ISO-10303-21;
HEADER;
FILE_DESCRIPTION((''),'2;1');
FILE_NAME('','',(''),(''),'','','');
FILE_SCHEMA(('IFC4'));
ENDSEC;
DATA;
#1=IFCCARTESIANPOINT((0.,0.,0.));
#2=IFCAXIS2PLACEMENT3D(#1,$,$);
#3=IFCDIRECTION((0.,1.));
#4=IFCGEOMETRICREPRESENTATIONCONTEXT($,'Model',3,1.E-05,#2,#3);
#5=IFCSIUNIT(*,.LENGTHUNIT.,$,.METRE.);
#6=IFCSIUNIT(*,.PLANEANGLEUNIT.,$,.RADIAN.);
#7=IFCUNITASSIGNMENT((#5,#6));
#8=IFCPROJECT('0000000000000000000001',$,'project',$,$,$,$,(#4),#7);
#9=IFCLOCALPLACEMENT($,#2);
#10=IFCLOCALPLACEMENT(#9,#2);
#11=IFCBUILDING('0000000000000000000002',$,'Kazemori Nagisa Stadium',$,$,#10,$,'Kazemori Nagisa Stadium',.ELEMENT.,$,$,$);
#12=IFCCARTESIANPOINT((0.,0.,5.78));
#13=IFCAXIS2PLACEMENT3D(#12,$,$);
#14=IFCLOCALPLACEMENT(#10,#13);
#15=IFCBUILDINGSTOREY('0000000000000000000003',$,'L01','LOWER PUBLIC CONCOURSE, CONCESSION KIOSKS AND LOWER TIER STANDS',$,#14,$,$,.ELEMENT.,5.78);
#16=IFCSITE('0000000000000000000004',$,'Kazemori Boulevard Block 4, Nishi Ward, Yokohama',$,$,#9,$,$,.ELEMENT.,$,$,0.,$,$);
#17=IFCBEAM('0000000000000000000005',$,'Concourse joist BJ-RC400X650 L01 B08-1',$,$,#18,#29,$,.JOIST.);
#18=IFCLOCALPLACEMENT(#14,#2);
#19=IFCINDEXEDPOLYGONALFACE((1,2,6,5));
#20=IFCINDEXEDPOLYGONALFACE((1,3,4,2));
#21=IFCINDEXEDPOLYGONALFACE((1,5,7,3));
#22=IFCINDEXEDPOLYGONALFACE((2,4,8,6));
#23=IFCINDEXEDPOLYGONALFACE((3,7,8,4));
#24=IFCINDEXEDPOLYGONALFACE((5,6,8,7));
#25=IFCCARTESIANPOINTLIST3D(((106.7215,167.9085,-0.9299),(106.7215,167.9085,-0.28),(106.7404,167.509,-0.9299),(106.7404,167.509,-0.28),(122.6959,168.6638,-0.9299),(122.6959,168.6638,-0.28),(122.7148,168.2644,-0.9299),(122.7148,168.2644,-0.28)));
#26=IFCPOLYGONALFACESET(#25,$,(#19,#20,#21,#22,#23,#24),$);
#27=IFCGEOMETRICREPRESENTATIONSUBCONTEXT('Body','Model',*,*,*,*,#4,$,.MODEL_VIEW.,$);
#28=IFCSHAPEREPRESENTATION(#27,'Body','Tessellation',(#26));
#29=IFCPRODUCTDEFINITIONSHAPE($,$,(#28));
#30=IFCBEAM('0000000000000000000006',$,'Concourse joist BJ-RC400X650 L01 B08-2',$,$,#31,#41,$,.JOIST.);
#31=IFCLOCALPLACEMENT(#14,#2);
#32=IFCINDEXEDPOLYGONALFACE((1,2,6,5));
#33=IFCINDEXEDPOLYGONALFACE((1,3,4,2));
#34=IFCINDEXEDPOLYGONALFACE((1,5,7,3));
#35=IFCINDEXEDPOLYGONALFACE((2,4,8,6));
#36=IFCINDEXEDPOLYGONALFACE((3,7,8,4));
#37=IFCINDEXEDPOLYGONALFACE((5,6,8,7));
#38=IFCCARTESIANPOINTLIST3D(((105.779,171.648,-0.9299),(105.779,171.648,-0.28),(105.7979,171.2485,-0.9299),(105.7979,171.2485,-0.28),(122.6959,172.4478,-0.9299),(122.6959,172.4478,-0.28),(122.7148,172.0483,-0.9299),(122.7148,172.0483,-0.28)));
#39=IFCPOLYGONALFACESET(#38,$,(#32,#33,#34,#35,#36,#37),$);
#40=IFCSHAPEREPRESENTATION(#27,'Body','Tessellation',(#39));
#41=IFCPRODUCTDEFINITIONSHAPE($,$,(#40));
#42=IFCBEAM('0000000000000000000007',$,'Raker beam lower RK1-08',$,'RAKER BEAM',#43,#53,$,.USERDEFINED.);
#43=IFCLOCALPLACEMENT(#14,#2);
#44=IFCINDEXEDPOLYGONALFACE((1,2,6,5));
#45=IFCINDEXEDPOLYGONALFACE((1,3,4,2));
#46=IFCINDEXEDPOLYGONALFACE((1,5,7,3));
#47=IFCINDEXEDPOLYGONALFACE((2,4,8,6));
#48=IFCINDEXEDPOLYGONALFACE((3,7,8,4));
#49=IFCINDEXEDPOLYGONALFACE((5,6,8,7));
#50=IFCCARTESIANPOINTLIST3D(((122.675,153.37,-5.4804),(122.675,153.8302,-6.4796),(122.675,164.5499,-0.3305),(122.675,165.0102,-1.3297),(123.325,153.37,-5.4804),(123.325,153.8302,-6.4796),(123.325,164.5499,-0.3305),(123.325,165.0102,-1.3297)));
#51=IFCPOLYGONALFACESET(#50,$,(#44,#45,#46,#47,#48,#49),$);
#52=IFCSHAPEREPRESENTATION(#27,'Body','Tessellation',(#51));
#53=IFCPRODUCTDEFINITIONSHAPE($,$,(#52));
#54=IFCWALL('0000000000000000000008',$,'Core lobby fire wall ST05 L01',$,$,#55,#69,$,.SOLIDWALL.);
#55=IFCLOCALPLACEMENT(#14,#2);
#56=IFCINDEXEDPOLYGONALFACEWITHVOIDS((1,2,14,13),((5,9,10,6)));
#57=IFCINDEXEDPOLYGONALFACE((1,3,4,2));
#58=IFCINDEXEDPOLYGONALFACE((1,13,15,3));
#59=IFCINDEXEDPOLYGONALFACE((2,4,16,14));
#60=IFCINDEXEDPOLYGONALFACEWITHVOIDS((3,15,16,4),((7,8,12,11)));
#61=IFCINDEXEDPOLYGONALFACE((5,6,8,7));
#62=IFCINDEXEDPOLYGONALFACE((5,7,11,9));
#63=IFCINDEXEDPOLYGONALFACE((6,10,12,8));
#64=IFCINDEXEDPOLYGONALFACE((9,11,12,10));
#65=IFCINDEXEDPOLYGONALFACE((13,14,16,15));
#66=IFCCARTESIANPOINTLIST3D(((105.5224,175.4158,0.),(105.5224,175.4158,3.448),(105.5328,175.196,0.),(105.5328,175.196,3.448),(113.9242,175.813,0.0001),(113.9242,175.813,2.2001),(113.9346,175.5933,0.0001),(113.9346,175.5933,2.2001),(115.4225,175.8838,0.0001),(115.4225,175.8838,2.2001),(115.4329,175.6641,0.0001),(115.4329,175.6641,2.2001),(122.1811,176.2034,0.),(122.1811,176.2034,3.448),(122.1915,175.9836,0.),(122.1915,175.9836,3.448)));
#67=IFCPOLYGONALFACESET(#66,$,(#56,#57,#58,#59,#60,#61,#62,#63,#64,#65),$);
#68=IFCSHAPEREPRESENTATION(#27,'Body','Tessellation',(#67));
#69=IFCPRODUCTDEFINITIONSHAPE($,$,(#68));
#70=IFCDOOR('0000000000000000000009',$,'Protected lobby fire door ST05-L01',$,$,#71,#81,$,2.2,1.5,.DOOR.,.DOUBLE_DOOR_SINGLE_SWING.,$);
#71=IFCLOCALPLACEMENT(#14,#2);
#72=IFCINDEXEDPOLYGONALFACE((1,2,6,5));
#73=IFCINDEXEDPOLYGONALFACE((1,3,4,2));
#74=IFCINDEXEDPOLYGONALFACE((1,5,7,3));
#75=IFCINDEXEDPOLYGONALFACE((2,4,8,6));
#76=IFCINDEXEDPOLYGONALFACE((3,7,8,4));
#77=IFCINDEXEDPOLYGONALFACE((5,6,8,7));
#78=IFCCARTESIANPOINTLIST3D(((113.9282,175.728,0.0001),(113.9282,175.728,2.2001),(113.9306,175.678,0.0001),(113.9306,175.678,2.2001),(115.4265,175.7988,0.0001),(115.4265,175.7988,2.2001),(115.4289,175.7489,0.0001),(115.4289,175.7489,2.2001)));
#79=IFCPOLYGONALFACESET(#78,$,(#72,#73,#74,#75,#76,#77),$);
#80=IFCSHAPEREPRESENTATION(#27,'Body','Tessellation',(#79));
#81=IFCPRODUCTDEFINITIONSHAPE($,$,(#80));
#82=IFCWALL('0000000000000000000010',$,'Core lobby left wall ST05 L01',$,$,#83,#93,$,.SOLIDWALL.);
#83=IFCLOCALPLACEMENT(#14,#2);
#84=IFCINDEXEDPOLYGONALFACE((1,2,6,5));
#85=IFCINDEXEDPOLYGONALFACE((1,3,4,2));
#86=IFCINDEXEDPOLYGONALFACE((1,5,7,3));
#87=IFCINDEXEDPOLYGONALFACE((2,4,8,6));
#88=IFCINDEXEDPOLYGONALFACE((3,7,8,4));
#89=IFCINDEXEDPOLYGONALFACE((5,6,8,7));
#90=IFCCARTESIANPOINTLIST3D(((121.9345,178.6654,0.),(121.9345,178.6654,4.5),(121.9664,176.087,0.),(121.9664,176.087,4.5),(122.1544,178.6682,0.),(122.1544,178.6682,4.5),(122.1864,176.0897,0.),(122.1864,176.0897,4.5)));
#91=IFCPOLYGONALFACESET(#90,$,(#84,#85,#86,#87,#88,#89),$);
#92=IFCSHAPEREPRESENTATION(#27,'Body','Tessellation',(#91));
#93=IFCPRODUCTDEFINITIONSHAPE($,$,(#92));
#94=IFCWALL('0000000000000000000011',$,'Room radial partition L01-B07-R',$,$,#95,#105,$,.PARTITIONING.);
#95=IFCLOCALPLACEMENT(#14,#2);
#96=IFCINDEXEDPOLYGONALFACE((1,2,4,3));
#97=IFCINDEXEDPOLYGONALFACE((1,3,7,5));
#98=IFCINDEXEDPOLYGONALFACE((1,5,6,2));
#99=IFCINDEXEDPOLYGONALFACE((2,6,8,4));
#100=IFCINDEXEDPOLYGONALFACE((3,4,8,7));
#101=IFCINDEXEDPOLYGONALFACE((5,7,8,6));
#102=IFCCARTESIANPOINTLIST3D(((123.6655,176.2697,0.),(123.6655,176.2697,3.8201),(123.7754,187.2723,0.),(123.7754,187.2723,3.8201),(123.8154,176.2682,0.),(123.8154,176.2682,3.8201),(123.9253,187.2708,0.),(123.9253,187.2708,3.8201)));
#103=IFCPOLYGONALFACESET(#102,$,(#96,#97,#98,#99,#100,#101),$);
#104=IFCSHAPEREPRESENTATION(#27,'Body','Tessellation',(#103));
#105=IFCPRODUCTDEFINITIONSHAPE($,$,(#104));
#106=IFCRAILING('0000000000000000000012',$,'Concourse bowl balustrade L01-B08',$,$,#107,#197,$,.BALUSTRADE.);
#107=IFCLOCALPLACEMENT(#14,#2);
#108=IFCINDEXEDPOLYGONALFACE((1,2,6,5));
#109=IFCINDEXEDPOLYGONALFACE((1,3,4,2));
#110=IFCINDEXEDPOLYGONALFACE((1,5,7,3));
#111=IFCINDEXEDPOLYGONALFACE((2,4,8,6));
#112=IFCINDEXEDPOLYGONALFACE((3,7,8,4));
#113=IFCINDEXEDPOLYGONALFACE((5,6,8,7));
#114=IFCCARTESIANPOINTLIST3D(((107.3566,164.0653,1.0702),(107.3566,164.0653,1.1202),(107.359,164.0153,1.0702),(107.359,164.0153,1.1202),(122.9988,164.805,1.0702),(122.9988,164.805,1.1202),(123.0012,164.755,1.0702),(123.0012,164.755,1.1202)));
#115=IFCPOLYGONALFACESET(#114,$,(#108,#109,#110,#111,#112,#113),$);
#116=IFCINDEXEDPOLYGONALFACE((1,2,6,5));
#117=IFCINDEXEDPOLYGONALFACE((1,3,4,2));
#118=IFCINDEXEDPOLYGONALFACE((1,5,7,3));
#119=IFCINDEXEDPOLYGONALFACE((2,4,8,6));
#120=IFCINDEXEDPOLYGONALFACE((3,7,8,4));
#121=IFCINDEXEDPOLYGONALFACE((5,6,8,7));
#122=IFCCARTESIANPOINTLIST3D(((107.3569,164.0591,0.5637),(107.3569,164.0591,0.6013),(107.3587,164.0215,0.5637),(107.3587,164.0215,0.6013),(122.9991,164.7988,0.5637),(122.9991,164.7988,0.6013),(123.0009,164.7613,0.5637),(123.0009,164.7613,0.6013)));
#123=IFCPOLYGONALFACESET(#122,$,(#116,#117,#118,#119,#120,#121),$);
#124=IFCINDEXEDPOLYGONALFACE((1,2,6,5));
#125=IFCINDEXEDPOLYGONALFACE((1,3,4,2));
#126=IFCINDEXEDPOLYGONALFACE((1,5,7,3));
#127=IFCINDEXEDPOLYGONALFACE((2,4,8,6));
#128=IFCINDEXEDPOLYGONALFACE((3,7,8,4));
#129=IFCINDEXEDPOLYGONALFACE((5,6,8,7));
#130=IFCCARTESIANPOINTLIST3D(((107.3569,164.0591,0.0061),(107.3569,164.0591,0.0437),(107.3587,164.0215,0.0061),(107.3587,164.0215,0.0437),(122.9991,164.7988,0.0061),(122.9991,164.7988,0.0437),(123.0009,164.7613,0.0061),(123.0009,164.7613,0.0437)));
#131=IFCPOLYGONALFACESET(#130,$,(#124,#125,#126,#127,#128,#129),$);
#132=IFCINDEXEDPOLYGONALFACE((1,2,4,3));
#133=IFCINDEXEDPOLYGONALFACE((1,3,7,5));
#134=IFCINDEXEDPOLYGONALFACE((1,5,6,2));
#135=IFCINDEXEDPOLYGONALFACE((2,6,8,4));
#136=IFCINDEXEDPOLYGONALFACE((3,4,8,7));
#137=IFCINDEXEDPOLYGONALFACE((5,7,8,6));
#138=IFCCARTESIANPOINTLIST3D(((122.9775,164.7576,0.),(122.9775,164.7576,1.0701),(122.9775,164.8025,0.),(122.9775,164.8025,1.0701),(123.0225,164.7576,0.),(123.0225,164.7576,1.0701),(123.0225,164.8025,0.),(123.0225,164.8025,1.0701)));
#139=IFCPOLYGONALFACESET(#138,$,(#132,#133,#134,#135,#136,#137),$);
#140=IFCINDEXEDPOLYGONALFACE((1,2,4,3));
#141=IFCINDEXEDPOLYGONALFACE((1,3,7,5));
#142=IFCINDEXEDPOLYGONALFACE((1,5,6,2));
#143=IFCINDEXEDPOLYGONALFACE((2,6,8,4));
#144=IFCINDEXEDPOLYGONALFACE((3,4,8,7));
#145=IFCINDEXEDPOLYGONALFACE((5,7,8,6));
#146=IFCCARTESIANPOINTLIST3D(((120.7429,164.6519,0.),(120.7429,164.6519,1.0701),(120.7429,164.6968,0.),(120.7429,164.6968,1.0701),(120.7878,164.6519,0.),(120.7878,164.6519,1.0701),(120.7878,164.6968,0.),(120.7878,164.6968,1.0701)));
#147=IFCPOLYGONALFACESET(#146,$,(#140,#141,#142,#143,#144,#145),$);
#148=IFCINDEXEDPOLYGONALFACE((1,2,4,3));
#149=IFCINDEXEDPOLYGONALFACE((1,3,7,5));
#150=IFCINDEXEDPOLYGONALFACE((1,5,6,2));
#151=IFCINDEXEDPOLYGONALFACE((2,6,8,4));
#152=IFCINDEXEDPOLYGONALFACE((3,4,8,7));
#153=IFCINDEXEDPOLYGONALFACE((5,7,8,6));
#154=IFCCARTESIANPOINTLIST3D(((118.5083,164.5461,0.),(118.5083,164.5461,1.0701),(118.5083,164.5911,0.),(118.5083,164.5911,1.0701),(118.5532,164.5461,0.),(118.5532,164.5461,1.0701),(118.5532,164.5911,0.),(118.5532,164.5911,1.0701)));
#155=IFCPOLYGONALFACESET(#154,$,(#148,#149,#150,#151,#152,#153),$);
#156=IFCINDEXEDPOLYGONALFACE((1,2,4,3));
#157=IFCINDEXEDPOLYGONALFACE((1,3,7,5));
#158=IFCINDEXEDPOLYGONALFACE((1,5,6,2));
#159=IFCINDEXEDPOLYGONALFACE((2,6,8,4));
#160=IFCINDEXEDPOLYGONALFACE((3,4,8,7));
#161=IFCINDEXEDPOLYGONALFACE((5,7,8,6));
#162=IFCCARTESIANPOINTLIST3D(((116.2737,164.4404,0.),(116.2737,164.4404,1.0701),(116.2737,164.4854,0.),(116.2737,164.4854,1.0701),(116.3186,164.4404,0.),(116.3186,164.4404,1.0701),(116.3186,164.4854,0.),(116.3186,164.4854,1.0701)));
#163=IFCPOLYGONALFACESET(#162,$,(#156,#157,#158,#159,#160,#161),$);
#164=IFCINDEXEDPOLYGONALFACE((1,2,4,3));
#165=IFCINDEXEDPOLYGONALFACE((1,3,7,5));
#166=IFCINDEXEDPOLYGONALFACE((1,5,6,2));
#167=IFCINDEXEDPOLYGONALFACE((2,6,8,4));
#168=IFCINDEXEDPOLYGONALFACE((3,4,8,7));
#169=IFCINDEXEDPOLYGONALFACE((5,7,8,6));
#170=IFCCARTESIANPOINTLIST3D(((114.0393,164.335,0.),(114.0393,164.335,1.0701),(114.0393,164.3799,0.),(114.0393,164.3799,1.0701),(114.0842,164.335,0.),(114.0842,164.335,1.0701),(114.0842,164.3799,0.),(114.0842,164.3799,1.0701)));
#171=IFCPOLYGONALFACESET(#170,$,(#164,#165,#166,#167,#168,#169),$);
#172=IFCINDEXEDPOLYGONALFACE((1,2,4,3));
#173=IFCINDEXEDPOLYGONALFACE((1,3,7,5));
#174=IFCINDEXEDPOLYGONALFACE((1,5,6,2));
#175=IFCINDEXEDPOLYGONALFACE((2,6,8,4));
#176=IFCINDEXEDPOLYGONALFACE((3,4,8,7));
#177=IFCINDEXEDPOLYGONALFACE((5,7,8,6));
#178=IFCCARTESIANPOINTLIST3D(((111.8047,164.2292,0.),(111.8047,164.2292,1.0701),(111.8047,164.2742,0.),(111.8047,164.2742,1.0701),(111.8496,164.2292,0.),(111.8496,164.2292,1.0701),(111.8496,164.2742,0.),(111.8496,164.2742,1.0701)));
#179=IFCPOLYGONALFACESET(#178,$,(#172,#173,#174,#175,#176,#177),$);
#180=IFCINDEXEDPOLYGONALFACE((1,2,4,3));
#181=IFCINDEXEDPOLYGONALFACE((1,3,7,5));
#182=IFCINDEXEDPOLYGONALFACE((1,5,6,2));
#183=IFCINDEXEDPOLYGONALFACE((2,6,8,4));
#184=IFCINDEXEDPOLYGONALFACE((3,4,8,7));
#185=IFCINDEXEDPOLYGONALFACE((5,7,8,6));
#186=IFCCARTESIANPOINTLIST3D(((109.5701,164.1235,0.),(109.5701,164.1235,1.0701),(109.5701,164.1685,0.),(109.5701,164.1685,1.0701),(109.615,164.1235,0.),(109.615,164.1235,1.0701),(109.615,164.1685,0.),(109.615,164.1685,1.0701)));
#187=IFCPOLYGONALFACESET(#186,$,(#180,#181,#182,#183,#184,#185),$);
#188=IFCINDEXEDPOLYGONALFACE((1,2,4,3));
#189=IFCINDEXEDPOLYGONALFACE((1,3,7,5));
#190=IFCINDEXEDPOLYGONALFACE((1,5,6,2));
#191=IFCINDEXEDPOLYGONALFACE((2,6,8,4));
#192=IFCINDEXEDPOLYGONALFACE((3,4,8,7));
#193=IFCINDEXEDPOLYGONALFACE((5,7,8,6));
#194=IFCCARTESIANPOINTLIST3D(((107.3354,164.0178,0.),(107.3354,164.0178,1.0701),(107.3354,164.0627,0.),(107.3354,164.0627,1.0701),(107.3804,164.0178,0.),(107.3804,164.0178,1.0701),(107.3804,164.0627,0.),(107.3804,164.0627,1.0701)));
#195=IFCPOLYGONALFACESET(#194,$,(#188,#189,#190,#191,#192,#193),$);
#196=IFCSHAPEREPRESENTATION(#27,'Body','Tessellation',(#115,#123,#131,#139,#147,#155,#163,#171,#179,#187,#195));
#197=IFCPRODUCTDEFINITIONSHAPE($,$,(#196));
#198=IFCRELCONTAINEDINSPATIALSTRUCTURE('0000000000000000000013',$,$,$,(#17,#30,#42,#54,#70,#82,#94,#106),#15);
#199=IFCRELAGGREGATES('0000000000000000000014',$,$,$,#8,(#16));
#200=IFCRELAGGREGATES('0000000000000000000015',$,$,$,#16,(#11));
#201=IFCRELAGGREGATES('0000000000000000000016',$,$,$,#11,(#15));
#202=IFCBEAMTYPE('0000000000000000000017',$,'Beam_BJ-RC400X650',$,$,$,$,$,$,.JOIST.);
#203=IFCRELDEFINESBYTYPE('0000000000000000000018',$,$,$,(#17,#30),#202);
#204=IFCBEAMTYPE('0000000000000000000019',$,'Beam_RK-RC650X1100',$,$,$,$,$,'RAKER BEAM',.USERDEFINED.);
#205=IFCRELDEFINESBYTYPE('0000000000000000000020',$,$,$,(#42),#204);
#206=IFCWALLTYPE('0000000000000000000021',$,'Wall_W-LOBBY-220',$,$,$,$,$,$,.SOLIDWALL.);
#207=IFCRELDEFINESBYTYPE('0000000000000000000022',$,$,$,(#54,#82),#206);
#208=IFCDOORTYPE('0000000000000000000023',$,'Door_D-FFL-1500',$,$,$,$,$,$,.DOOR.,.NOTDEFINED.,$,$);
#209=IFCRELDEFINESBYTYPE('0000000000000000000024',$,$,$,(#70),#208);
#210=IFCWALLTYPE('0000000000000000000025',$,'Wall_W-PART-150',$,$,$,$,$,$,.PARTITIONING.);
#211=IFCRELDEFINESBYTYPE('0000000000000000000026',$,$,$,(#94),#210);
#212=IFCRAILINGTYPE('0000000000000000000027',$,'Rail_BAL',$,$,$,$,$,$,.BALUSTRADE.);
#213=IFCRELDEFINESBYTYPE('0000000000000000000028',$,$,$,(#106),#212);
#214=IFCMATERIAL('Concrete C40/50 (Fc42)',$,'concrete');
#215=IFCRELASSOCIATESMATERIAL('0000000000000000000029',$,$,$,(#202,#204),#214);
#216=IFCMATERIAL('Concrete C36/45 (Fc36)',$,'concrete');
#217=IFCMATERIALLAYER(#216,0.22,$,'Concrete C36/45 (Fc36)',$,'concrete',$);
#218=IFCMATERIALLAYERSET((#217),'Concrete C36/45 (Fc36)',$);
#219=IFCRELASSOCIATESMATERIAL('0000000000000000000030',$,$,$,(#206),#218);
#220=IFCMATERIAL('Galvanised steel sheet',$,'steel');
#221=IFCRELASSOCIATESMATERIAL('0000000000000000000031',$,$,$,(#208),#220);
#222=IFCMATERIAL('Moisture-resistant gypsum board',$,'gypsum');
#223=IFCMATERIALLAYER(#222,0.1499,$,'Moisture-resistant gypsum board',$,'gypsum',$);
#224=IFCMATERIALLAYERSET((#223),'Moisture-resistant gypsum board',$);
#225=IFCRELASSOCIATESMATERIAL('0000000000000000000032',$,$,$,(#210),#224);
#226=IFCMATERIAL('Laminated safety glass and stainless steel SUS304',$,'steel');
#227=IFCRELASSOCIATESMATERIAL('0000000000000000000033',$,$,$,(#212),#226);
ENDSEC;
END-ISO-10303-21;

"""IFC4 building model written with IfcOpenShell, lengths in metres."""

from ifc_helpers import new_model, si_unit, direction, frame, frame_2d, origin, origin_2d, place, context, subcontext, project, spatial, rectangle, extrude, material, layer, layer_set, material_profile, profile_set, type_object, element, fill, save


model = new_model("IFC4")

# Units and contexts
model_context = context("Model", 3, precision=1e-05, world=origin(), true_north=direction((0.0, 1.0)))
body_context = subcontext(model_context, "Body", "Model", "MODEL_VIEW")
ifc_project = project(units=[si_unit("LENGTHUNIT", "METRE"), si_unit("PLANEANGLEUNIT", "RADIAN")], contexts=[model_context])

# Site, building, storey
site_placement = place(None, origin())
site = spatial("IfcSite", under=ifc_project, at=site_placement, Name="Kazemori Boulevard Block 4, Nishi Ward, Yokohama", CompositionType="ELEMENT", RefElevation=0.0)
building_placement = place(site_placement, origin())
building = spatial("IfcBuilding", under=site, at=building_placement, Name="Kazemori Nagisa Stadium", LongName="Kazemori Nagisa Stadium", CompositionType="ELEMENT")
storey_placement = place(building_placement, frame((0.0, 0.0, 5.78)))
storey = spatial("IfcBuildingStorey", under=building, at=storey_placement, Name="L01", Description="LOWER PUBLIC CONCOURSE, CONCESSION KIOSKS AND LOWER TIER STANDS", CompositionType="ELEMENT", Elevation=5.78)

# Shared definitions
ifc_material_1 = material(Name="Concrete C40/50 (Fc42)", Category="concrete")

# Beams
ifc_material_profile_1 = material_profile(ifc_material_1, rectangle(XDim=0.3999, YDim=0.6499, at=origin_2d()), Name="RC-BM-400x650")
ifc_profile_set_1 = profile_set([ifc_material_profile_1], Name="Concrete C40/50 (Fc42)")
beam_type_1 = type_object("IfcBeamType", Name="Beam_BJ-RC400X650", PredefinedType="JOIST", material=ifc_profile_set_1)
beam_1_placement = place(storey_placement, frame((122.7053, 168.4641, -0.605), z_axis=(-0.998884, -0.047234, 0.0), x_axis=(0.047234, -0.998884, 0.0)))
element("IfcBeam", 1, at=beam_1_placement, inside=storey, type_object=beam_type_1, Name="Concourse joist BJ-RC400X650 L01 B08-1", PredefinedType="JOIST", context=body_context, shape_type="SweptSolid", body=[
    extrude(rectangle(XDim=0.3999, YDim=0.6499, at=origin_2d()), origin(), (0.0, 0.0, 1.0), 15.9922),
])
beam_2_placement = place(storey_placement, frame((122.7053, 172.248, -0.605), z_axis=(-0.998884, -0.047225, 0.0), x_axis=(0.047225, -0.998884, 0.0)))
element("IfcBeam", 2, at=beam_2_placement, inside=storey, type_object=beam_type_1, Name="Concourse joist BJ-RC400X650 L01 B08-2", PredefinedType="JOIST", context=body_context, shape_type="SweptSolid", body=[
    extrude(rectangle(XDim=0.3999, YDim=0.6499, at=origin_2d()), origin(), (0.0, 0.0, 1.0), 16.9358),
])
ifc_material_profile_2 = material_profile(ifc_material_1, rectangle(XDim=0.6499, YDim=1.1001, at=origin_2d()), Name="RC-RK-650x1100")
ifc_profile_set_2 = profile_set([ifc_material_profile_2], Name="Concrete C40/50 (Fc42)")
beam_type_2 = type_object("IfcBeamType", Name="Beam_RK-RC650X1100", ElementType="RAKER BEAM", PredefinedType="USERDEFINED", material=ifc_profile_set_2)
beam_3_placement = place(storey_placement, frame((123.0, 153.6001, -5.98), z_axis=(0.0, 0.90827, 0.418384), x_axis=(-1.0, 0.0, 0.0)))
element("IfcBeam", 3, at=beam_3_placement, inside=storey, type_object=beam_type_2, Name="Raker beam lower RK1-08", ObjectType="RAKER BEAM", PredefinedType="USERDEFINED", context=body_context, shape_type="SweptSolid", body=[
    extrude(rectangle(XDim=0.6499, YDim=1.1001, at=origin_2d()), origin(), (0.0, 0.0, 1.0), 12.3091),
])

# Wall, opening, door
ifc_material_2 = material(Name="Concrete C36/45 (Fc36)", Category="concrete")
ifc_layer_1 = layer(ifc_material_2, 0.22, Name="Concrete C36/45 (Fc36)", Category="concrete")
ifc_layer_set_1 = layer_set([ifc_layer_1], Name="Concrete C36/45 (Fc36)")
wall_type_1 = type_object("IfcWallType", Name="Wall_W-LOBBY-220", PredefinedType="SOLIDWALL", material=ifc_layer_set_1)
wall_1_placement = place(storey_placement, frame((122.1863, 176.0935, 0.0), z_axis=(0.0, 0.0, 1.0), x_axis=(-0.998884, -0.047226, 0.0)))
wall_1 = element("IfcWall", 4, at=wall_1_placement, inside=storey, type_object=wall_type_1, Name="Core lobby fire wall ST05 L01", PredefinedType="SOLIDWALL", context=body_context, shape_type="SweptSolid", body=[
    extrude(rectangle(XDim=16.6772, YDim=0.22, at=frame_2d((8.3386, 0.0))), origin(), (0.0, 0.0, 1.0), 3.448),
])
opening_placement = place(wall_1_placement, frame((6.7661, 0.0, 0.0)))
opening = element("IfcOpeningElement", 5, at=opening_placement, cuts=wall_1, PredefinedType="OPENING", context=body_context, shape_type="SweptSolid", body=[
    extrude(rectangle(XDim=1.5, YDim=2.2, at=frame_2d((0.75, 1.1001))), frame((0.0, 0.1199, 0.0), z_axis=(0.0, -1.0, 0.0), x_axis=(1.0, 0.0, 0.0)), (0.0, 0.0, 1.0), 0.24),
])
ifc_material_3 = material(Name="Galvanised steel sheet", Category="steel")
door_type = type_object("IfcDoorType", Name="Door_D-FFL-1500", OperationType="NOTDEFINED", PredefinedType="DOOR", material=ifc_material_3)
door_placement = place(opening_placement, frame((1.5, 0.0, 0.0), z_axis=(0.0, 0.0, 1.0), x_axis=(-1.0, 0.0, 0.0)))
door = element("IfcDoor", 6, at=door_placement, inside=storey, type_object=door_type, Name="Protected lobby fire door ST05-L01", OperationType="DOUBLE_DOOR_SINGLE_SWING", OverallHeight=2.2, OverallWidth=1.5, PredefinedType="DOOR", context=body_context, shape_type="SweptSolid", body=[
    extrude(rectangle(XDim=1.5, YDim=2.2, at=frame_2d((0.75, 1.1001))), frame((0.0, 0.0249, 0.0), z_axis=(0.0, -1.0, 0.0), x_axis=(1.0, 0.0, 0.0)), (0.0, 0.0, 1.0), 0.05),
])
fill(opening, door)

# Walls
wall_2_placement = place(storey_placement, frame((122.0764, 176.0884, 0.0), z_axis=(0.0, 0.0, 1.0), x_axis=(-0.012403, 0.999923, 0.0)))
element("IfcWall", 7, at=wall_2_placement, inside=storey, type_object=wall_type_1, Name="Core lobby left wall ST05 L01", PredefinedType="SOLIDWALL", context=body_context, shape_type="SweptSolid", body=[
    extrude(rectangle(XDim=2.5786, YDim=0.22, at=frame_2d((1.2893, 0.0))), origin(), (0.0, 0.0, 1.0), 4.5),
])
ifc_material_4 = material(Name="Moisture-resistant gypsum board", Category="gypsum")
ifc_layer_2 = layer(ifc_material_4, 0.1499, Name="Moisture-resistant gypsum board", Category="gypsum")
ifc_layer_set_2 = layer_set([ifc_layer_2], Name="Moisture-resistant gypsum board")
wall_type_2 = type_object("IfcWallType", Name="Wall_W-PART-150", PredefinedType="PARTITIONING", material=ifc_layer_set_2)
wall_3_placement = place(storey_placement, frame((123.7405, 176.269, 0.0), z_axis=(0.0, 0.0, 1.0), x_axis=(0.009985, 0.99995, 0.0)))
element("IfcWall", 8, at=wall_3_placement, inside=storey, type_object=wall_type_2, Name="Room radial partition L01-B07-R", PredefinedType="PARTITIONING", context=body_context, shape_type="SweptSolid", body=[
    extrude(rectangle(XDim=11.0032, YDim=0.1499, at=frame_2d((5.5015, 0.0))), origin(), (0.0, 0.0, 1.0), 3.8201),
])

# Railing
ifc_material_5 = material(Name="Laminated safety glass and stainless steel SUS304", Category="steel")
railing_type_1 = type_object("IfcRailingType", Name="Rail_BAL", PredefinedType="BALUSTRADE", material=ifc_material_5)
railing_1_placement = place(storey_placement, frame((123.0, 164.78, 0.0)))
element("IfcRailing", 9, at=railing_1_placement, inside=storey, type_object=railing_type_1, Name="Concourse bowl balustrade L01-B08", PredefinedType="BALUSTRADE", context=body_context, shape_type="SweptSolid", body=[
    extrude(rectangle(XDim=0.05, YDim=0.05, at=origin_2d()), frame((0.0, 0.0, 1.0952), z_axis=(-0.998884, -0.047239, 0.0), x_axis=(0.047239, -0.998884, 0.0)), (0.0, 0.0, 1.0), 15.6597),
    extrude(rectangle(XDim=0.0376, YDim=0.0376, at=origin_2d()), frame((0.0, 0.0, 0.5825), z_axis=(-0.998884, -0.047239, 0.0), x_axis=(0.047239, -0.998884, 0.0)), (0.0, 0.0, 1.0), 15.6597),
    extrude(rectangle(XDim=0.0376, YDim=0.0376, at=origin_2d()), frame((0.0, 0.0, 0.0249), z_axis=(-0.998884, -0.047239, 0.0), x_axis=(0.047239, -0.998884, 0.0)), (0.0, 0.0, 1.0), 15.6597),
    extrude(rectangle(XDim=0.0449, YDim=0.0449, at=origin_2d()), origin(), (0.0, 0.0, 1.0), 1.0701),
    extrude(rectangle(XDim=0.0449, YDim=0.0449, at=origin_2d()), frame((-2.2346, -0.1057, 0.0)), (0.0, 0.0, 1.0), 1.0701),
    extrude(rectangle(XDim=0.0449, YDim=0.0449, at=origin_2d()), frame((-4.4692, -0.2114, 0.0)), (0.0, 0.0, 1.0), 1.0701),
    extrude(rectangle(XDim=0.0449, YDim=0.0449, at=origin_2d()), frame((-6.7039, -0.3171, 0.0)), (0.0, 0.0, 1.0), 1.0701),
    extrude(rectangle(XDim=0.0449, YDim=0.0449, at=origin_2d()), frame((-8.9382, -0.4226, 0.0)), (0.0, 0.0, 1.0), 1.0701),
    extrude(rectangle(XDim=0.0449, YDim=0.0449, at=origin_2d()), frame((-11.1729, -0.5283, 0.0)), (0.0, 0.0, 1.0), 1.0701),
    extrude(rectangle(XDim=0.0449, YDim=0.0449, at=origin_2d()), frame((-13.4075, -0.634, 0.0)), (0.0, 0.0, 1.0), 1.0701),
    extrude(rectangle(XDim=0.0449, YDim=0.0449, at=origin_2d()), frame((-15.6421, -0.7397, 0.0)), (0.0, 0.0, 1.0), 1.0701),
])

save(model, "model.ifc")
